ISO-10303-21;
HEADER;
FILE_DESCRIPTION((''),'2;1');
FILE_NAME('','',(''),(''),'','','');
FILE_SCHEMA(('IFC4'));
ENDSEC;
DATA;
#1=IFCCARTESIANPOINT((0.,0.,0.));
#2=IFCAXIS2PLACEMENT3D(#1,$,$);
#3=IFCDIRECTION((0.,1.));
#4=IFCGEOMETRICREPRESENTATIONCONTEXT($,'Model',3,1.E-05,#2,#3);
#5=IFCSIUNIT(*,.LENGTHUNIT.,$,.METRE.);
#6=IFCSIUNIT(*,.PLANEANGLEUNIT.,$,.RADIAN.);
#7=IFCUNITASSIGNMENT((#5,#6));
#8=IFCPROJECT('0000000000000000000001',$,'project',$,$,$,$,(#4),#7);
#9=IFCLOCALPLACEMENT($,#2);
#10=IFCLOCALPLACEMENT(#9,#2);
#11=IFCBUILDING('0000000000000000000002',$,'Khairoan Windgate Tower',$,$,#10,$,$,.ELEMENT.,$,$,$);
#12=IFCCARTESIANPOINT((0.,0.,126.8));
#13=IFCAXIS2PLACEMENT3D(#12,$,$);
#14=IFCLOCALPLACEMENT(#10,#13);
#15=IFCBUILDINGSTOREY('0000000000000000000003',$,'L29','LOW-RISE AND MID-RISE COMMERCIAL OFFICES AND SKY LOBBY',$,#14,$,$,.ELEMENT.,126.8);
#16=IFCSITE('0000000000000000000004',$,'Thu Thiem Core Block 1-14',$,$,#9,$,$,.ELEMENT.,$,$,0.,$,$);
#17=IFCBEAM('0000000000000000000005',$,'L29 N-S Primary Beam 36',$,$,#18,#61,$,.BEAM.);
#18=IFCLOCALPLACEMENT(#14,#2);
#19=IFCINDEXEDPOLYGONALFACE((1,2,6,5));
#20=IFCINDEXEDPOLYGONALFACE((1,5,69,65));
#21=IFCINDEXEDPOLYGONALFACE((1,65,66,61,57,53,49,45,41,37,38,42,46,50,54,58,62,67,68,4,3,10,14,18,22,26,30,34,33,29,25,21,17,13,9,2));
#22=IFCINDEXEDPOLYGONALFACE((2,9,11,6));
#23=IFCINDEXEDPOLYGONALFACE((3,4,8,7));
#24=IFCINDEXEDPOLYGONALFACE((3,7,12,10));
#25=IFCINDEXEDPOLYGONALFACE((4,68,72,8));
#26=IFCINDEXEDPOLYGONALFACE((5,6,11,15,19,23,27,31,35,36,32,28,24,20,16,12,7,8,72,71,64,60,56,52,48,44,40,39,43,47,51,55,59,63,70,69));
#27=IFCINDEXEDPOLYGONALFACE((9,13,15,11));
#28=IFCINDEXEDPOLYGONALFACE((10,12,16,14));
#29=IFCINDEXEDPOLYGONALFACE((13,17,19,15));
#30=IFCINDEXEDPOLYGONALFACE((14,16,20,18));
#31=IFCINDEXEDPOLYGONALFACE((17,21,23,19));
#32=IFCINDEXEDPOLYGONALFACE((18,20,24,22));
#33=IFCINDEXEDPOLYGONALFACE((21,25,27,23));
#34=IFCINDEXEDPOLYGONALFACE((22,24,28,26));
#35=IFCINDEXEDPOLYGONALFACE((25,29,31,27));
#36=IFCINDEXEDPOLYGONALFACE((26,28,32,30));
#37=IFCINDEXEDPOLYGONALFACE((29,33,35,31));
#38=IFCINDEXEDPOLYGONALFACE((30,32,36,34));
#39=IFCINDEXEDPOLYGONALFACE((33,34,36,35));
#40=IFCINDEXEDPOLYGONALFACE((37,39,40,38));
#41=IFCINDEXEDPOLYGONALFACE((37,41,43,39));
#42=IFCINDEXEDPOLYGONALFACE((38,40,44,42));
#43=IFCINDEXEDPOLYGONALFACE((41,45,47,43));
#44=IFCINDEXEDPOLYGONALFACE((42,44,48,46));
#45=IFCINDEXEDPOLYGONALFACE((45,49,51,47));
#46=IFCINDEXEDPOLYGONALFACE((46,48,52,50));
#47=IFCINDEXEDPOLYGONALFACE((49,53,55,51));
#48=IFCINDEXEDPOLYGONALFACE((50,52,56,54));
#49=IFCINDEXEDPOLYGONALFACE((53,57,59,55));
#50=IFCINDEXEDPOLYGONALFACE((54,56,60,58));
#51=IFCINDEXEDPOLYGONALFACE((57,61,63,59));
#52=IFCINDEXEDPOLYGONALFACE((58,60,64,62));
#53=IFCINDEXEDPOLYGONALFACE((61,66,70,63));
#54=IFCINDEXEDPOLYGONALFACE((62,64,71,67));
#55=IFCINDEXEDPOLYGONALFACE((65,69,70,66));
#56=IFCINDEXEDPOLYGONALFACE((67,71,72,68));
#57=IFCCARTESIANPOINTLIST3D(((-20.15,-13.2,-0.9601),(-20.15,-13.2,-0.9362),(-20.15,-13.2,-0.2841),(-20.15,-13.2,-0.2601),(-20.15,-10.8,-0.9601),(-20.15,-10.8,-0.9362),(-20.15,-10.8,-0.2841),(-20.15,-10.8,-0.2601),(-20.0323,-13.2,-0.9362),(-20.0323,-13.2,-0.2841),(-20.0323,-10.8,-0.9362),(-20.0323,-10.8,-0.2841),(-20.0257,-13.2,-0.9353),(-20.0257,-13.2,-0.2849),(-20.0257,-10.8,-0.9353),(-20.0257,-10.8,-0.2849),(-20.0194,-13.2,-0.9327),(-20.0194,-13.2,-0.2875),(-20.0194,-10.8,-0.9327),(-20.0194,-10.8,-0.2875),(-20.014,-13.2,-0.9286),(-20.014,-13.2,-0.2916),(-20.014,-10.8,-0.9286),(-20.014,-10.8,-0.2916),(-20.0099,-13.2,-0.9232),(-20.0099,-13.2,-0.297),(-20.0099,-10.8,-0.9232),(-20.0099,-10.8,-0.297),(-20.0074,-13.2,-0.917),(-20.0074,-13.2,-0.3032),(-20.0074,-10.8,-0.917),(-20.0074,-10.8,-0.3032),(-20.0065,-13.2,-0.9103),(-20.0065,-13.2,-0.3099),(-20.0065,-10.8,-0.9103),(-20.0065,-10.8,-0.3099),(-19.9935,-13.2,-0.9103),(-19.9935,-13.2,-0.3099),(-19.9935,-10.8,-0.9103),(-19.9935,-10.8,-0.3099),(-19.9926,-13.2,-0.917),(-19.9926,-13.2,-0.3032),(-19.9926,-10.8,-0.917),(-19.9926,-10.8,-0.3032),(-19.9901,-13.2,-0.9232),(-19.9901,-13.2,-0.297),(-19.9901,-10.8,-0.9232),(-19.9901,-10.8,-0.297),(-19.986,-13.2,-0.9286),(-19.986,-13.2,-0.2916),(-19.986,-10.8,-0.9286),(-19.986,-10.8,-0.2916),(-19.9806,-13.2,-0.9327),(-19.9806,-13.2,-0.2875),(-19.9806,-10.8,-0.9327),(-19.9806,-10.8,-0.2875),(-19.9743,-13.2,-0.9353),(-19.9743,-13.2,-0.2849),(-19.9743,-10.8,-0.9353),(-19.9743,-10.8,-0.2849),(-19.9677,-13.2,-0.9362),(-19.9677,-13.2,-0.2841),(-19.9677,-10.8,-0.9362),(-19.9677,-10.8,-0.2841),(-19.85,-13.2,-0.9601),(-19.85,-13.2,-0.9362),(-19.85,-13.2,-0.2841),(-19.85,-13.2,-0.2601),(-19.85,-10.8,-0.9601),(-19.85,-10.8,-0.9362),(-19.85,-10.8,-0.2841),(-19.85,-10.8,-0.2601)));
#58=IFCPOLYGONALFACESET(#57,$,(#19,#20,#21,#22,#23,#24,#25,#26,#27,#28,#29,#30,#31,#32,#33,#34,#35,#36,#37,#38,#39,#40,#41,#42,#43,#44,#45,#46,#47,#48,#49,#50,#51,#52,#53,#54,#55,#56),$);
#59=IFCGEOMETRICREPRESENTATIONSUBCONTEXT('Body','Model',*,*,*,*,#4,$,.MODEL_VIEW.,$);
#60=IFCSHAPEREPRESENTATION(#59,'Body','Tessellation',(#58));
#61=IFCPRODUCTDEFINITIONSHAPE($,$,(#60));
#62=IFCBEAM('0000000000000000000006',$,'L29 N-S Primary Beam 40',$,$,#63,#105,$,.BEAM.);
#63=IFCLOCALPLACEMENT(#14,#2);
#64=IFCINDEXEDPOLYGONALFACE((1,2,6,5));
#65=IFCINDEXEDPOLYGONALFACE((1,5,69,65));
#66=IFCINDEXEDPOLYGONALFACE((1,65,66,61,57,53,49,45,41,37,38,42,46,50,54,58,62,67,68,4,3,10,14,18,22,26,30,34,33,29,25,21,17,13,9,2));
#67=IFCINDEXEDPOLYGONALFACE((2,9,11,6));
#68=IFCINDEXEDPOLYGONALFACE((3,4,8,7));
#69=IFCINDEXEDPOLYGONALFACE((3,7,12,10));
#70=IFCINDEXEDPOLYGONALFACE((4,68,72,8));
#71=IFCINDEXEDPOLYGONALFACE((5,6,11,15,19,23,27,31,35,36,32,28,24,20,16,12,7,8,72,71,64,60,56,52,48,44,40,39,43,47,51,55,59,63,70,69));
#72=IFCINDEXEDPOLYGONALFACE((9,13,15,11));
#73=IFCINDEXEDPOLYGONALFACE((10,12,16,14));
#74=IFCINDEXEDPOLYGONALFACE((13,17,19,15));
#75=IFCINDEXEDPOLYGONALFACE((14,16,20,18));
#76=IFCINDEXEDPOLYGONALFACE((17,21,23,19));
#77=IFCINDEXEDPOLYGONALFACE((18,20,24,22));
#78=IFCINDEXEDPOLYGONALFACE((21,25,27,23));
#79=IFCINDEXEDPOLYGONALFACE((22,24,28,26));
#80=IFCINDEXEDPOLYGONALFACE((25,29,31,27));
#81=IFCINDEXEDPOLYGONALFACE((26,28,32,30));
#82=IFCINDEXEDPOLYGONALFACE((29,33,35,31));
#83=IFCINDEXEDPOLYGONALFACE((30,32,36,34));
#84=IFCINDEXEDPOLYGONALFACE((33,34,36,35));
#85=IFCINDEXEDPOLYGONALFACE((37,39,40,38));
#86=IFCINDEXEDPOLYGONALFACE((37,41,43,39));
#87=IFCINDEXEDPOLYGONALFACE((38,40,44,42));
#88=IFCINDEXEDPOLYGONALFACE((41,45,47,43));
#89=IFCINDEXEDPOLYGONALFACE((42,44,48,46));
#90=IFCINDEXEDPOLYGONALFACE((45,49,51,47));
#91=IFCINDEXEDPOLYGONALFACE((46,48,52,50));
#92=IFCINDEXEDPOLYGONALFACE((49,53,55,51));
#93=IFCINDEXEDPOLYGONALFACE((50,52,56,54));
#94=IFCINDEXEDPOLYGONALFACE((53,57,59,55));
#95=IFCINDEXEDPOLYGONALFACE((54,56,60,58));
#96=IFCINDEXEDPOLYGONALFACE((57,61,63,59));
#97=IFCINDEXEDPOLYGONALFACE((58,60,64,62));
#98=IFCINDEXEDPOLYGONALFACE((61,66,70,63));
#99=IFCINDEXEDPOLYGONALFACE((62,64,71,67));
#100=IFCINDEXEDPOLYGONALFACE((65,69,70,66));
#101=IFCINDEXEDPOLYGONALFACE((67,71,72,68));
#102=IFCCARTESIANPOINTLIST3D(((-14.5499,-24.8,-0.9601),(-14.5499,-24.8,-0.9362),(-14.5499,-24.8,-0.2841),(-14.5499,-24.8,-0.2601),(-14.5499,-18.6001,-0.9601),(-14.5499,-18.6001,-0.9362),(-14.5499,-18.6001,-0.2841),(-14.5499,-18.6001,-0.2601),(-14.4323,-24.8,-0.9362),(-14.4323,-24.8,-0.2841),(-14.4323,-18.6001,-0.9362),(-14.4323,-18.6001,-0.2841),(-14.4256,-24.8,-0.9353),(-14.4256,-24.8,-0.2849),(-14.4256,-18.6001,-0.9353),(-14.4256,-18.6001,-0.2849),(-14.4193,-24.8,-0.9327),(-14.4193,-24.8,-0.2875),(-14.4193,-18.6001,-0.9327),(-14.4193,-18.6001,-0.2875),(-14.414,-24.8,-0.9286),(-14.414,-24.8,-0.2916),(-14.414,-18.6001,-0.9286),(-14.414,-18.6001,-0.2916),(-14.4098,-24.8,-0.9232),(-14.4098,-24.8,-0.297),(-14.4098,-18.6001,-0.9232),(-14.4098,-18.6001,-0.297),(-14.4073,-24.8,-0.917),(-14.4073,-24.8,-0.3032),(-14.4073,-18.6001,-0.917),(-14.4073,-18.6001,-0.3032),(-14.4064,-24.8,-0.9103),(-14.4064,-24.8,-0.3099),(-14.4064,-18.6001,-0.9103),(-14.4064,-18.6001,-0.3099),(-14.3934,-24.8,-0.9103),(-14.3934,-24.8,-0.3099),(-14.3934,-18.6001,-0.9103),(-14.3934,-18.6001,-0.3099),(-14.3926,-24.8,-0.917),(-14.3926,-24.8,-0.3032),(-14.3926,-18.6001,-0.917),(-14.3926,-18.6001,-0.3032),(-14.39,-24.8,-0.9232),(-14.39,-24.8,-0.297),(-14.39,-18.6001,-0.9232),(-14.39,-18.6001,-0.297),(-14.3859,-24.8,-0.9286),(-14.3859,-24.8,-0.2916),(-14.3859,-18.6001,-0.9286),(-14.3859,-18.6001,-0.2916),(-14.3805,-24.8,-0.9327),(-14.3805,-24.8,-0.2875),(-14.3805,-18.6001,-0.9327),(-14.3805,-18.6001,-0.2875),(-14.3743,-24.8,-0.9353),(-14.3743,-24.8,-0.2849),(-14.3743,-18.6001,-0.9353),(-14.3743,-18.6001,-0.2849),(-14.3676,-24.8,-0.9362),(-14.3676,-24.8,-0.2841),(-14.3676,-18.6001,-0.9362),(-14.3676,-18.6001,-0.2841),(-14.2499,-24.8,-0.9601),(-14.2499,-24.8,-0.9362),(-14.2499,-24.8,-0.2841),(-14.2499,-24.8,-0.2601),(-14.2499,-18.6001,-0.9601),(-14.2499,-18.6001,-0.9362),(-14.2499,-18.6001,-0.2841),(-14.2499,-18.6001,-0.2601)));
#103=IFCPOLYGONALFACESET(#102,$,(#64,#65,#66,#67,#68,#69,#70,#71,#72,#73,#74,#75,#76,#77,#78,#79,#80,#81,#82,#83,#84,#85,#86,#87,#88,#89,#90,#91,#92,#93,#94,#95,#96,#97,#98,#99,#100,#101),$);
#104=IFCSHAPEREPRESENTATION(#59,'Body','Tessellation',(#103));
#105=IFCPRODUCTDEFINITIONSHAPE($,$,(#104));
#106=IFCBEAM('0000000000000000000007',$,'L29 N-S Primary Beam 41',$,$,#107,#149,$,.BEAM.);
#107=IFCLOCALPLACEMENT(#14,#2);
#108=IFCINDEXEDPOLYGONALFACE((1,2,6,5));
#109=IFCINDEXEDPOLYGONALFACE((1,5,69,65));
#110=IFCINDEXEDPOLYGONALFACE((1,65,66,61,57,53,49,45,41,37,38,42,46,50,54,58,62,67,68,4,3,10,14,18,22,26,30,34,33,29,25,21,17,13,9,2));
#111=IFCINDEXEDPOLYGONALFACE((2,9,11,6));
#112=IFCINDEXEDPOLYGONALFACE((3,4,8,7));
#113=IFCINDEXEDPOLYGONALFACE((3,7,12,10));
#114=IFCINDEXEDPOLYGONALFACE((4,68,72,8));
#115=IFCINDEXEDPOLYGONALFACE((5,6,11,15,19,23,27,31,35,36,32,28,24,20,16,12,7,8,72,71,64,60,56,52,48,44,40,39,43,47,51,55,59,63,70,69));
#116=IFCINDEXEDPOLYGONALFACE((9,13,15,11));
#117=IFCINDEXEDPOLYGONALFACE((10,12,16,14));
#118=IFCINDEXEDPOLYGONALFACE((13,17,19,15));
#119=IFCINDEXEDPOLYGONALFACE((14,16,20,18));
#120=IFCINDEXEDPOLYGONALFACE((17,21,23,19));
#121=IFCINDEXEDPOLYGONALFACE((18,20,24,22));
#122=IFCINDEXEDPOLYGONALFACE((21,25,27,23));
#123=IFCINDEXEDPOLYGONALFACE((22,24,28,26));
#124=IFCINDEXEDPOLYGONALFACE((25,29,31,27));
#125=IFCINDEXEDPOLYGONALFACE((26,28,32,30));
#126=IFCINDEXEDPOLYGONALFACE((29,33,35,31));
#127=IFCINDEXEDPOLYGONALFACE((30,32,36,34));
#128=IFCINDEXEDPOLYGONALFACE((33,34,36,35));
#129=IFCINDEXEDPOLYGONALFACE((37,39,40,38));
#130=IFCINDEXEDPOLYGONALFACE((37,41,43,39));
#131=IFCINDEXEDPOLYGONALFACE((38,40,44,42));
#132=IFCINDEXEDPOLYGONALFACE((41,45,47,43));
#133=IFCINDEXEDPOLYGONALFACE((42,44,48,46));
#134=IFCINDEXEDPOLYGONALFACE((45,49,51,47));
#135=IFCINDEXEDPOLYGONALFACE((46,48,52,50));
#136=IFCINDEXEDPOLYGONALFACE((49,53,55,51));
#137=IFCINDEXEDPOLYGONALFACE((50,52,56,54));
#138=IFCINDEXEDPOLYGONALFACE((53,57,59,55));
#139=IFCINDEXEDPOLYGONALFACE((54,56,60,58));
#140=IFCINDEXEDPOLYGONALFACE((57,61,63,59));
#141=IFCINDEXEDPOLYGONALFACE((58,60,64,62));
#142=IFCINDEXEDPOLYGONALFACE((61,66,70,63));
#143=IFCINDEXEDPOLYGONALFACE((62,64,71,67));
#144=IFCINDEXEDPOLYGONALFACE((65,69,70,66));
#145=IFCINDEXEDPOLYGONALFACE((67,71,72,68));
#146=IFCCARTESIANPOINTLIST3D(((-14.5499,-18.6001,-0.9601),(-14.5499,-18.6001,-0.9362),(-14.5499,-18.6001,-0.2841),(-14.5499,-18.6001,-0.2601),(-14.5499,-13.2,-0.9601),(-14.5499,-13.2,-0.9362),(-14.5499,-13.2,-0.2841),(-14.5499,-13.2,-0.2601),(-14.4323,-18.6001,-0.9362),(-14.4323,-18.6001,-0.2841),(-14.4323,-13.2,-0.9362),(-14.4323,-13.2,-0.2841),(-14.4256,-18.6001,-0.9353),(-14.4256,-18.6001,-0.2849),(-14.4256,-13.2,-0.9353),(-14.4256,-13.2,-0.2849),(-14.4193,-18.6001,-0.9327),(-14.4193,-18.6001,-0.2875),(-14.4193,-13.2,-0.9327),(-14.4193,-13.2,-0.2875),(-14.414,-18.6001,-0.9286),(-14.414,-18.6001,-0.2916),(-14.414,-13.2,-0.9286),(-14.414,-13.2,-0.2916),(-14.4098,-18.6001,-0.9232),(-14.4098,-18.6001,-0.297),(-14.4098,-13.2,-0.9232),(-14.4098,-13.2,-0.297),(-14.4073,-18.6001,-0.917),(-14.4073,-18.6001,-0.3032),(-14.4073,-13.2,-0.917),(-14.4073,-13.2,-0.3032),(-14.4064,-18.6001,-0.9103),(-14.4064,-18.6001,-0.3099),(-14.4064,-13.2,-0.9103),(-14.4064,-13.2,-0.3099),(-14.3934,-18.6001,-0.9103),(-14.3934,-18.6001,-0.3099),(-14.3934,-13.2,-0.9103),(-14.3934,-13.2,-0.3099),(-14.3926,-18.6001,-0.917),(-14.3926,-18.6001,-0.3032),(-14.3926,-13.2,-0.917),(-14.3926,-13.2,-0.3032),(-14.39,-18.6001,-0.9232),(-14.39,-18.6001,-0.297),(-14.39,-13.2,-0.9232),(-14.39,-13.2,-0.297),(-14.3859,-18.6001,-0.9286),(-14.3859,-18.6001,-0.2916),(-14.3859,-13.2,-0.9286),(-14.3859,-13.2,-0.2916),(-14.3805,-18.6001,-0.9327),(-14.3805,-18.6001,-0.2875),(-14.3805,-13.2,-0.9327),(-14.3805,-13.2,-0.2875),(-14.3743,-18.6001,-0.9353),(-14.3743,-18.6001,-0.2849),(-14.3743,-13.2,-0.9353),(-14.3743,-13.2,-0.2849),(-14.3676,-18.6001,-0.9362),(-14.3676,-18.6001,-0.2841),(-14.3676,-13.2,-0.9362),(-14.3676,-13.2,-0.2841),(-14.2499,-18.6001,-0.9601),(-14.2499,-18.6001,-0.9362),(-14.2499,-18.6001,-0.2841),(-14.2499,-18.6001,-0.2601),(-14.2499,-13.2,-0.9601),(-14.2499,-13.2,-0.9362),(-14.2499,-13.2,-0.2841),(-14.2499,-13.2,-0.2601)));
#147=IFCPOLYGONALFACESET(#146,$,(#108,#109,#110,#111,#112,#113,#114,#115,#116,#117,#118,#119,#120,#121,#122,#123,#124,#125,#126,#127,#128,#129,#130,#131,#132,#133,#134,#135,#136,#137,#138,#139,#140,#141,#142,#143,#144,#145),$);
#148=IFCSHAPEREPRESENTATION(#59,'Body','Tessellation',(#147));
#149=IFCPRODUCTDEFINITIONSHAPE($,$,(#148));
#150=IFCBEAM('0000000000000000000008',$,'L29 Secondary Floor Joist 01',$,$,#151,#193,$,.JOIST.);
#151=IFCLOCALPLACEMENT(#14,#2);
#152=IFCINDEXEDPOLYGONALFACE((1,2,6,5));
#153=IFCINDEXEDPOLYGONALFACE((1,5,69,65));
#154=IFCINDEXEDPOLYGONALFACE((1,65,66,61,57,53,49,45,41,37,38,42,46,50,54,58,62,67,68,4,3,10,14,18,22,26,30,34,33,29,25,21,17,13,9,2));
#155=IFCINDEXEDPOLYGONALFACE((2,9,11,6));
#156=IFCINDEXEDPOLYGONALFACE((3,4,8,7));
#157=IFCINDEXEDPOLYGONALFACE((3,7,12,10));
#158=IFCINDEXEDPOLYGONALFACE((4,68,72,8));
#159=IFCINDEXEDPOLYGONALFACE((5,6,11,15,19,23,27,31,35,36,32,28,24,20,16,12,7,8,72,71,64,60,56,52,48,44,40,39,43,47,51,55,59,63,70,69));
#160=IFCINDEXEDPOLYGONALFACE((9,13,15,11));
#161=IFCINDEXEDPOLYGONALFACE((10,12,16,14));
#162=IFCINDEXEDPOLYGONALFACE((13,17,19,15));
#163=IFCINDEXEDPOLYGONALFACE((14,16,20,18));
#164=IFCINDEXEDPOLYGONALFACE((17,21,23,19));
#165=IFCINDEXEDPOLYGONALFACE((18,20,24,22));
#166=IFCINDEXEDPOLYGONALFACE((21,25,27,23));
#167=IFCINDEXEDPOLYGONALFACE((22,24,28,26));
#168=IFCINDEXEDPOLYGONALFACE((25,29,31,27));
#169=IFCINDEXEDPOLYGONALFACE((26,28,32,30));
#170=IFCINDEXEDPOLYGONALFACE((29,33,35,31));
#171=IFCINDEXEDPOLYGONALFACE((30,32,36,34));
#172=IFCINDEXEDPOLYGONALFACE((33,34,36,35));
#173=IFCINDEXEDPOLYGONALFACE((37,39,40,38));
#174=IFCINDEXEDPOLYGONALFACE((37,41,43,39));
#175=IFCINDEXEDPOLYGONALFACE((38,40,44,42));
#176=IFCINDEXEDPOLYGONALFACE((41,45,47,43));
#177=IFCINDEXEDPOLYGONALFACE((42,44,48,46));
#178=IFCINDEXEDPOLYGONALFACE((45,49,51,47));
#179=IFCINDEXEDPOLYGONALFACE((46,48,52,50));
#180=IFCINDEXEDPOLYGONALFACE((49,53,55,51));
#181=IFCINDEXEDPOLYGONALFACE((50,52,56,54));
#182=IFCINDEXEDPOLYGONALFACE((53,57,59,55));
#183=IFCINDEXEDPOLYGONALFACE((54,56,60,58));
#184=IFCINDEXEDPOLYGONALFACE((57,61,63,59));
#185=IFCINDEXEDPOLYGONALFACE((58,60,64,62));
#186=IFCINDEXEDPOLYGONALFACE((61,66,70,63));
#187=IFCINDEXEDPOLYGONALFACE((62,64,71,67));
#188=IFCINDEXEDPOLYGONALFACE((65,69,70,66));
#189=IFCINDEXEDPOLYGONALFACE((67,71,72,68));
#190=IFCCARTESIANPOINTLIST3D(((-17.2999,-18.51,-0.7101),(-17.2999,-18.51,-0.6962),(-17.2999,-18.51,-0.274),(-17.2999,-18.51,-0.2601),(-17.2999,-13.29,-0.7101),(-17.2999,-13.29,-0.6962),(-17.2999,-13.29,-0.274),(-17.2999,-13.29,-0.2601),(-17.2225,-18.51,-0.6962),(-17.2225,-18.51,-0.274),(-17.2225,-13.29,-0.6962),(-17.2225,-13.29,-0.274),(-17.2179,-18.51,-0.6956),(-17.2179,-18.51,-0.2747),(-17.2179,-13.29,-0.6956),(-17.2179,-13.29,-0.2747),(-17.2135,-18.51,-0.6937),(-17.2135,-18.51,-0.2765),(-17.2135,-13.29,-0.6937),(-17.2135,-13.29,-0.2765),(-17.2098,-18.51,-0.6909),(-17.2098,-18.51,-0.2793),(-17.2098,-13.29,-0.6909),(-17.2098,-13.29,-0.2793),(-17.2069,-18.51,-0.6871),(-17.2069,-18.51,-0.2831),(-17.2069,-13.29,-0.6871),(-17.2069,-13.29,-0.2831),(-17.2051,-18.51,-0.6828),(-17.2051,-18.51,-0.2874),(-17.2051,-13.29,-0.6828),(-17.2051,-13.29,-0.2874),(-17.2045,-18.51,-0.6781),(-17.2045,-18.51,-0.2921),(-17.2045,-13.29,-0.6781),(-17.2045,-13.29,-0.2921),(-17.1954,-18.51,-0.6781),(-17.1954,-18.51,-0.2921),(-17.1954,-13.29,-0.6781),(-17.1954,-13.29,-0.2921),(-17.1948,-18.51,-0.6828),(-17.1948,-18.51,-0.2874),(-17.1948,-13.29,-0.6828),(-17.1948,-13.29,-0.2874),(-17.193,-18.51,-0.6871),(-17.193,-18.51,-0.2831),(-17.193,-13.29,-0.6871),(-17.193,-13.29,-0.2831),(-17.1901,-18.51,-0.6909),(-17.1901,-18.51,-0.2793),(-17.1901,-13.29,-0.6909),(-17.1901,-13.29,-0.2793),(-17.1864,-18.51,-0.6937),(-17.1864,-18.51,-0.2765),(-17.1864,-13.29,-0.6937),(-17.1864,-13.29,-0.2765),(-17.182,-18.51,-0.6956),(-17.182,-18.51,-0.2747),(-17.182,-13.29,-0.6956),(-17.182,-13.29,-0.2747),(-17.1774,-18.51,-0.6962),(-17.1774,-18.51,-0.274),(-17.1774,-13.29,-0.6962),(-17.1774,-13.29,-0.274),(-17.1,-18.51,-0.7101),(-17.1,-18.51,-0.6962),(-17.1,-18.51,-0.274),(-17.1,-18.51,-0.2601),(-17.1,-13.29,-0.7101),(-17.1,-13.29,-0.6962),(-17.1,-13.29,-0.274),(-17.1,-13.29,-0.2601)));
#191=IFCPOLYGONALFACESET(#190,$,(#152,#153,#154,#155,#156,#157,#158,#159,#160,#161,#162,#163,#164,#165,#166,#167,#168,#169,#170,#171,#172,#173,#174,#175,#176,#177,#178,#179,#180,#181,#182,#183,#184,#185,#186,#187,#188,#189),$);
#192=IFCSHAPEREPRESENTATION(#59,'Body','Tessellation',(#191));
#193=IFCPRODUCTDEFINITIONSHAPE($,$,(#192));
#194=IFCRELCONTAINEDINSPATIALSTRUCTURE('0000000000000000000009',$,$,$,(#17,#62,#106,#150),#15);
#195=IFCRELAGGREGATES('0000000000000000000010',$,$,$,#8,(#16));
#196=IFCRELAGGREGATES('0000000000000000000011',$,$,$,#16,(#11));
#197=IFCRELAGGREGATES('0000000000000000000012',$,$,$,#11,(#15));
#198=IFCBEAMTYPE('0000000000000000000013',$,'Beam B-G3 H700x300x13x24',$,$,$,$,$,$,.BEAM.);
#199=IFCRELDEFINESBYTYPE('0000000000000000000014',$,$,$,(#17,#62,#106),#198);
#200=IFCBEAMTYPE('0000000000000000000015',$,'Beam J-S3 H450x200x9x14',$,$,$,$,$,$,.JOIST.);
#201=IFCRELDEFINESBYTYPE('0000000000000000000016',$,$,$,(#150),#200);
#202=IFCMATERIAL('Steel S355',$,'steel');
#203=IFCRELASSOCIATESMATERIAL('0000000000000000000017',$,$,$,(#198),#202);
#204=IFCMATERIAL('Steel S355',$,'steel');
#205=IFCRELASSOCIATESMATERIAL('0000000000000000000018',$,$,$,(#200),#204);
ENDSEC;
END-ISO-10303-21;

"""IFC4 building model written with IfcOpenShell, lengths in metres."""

from ifc_helpers import new_model, si_unit, direction, frame, origin, origin_2d, place, context, subcontext, project, spatial, i_section, extrude, material, material_profile, profile_set, type_object, element, save


model = new_model("IFC4")

# Units and contexts
model_context = context("Model", 3, precision=1e-05, world=origin(), true_north=direction((0.0, 1.0)))
body_context = subcontext(model_context, "Body", "Model", "MODEL_VIEW")
ifc_project = project(units=[si_unit("LENGTHUNIT", "METRE"), si_unit("PLANEANGLEUNIT", "RADIAN")], contexts=[model_context])

# Site, building, storey
site_placement = place(None, origin())
site = spatial("IfcSite", under=ifc_project, at=site_placement, Name="Thu Thiem Core Block 1-14", CompositionType="ELEMENT", RefElevation=0.0)
building_placement = place(site_placement, origin())
building = spatial("IfcBuilding", under=site, at=building_placement, Name="Khairoan Windgate Tower", CompositionType="ELEMENT")
storey_placement = place(building_placement, frame((0.0, 0.0, 126.8)))
storey = spatial("IfcBuildingStorey", under=building, at=storey_placement, Name="L29", Description="LOW-RISE AND MID-RISE COMMERCIAL OFFICES AND SKY LOBBY", CompositionType="ELEMENT", Elevation=126.8)

# Beams
ifc_material_1 = material(Name="Steel S355", Category="steel")
ifc_material_profile_1 = material_profile(ifc_material_1, i_section(OverallWidth=0.3, OverallDepth=0.7, WebThickness=0.0129, FlangeThickness=0.0239, FilletRadius=0.0259, at=origin_2d()))
ifc_profile_set_1 = profile_set([ifc_material_profile_1], Name="Steel S355")
beam_type_1 = type_object("IfcBeamType", Name="Beam B-G3 H700x300x13x24", PredefinedType="BEAM", material=ifc_profile_set_1)
beam_1_placement = place(storey_placement, frame((-20.0, -13.2, -0.6101), z_axis=(0.0, 1.0, 0.0), x_axis=(-1.0, 0.0, 0.0)))
element("IfcBeam", 1, at=beam_1_placement, inside=storey, type_object=beam_type_1, Name="L29 N-S Primary Beam 36", PredefinedType="BEAM", context=body_context, shape_type="SweptSolid", body=[
    extrude(i_section(OverallWidth=0.3, OverallDepth=0.7, WebThickness=0.0129, FlangeThickness=0.0239, FilletRadius=0.0259, at=origin_2d()), origin(), (0.0, 0.0, 1.0), 2.3999),
])
beam_2_placement = place(storey_placement, frame((-14.3999, -24.8, -0.6101), z_axis=(0.0, 1.0, 0.0), x_axis=(-1.0, 0.0, 0.0)))
element("IfcBeam", 2, at=beam_2_placement, inside=storey, type_object=beam_type_1, Name="L29 N-S Primary Beam 40", PredefinedType="BEAM", context=body_context, shape_type="SweptSolid", body=[
    extrude(i_section(OverallWidth=0.3, OverallDepth=0.7, WebThickness=0.0129, FlangeThickness=0.0239, FilletRadius=0.0259, at=origin_2d()), origin(), (0.0, 0.0, 1.0), 6.2),
])
beam_3_placement = place(storey_placement, frame((-14.3999, -18.6001, -0.6101), z_axis=(0.0, 1.0, 0.0), x_axis=(-1.0, 0.0, 0.0)))
element("IfcBeam", 3, at=beam_3_placement, inside=storey, type_object=beam_type_1, Name="L29 N-S Primary Beam 41", PredefinedType="BEAM", context=body_context, shape_type="SweptSolid", body=[
    extrude(i_section(OverallWidth=0.3, OverallDepth=0.7, WebThickness=0.0129, FlangeThickness=0.0239, FilletRadius=0.0259, at=origin_2d()), origin(), (0.0, 0.0, 1.0), 5.4001),
])
ifc_material_2 = material(Name="Steel S355", Category="steel")
ifc_material_profile_2 = material_profile(ifc_material_2, i_section(OverallWidth=0.2, OverallDepth=0.45, WebThickness=0.009, FlangeThickness=0.0139, FilletRadius=0.0181, at=origin_2d()))
ifc_profile_set_2 = profile_set([ifc_material_profile_2], Name="Steel S355")
beam_type_2 = type_object("IfcBeamType", Name="Beam J-S3 H450x200x9x14", PredefinedType="JOIST", material=ifc_profile_set_2)
beam_4_placement = place(storey_placement, frame((-17.2, -18.51, -0.4851), z_axis=(0.0, 1.0, 0.0), x_axis=(-1.0, 0.0, 0.0)))
element("IfcBeam", 4, at=beam_4_placement, inside=storey, type_object=beam_type_2, Name="L29 Secondary Floor Joist 01", PredefinedType="JOIST", context=body_context, shape_type="SweptSolid", body=[
    extrude(i_section(OverallWidth=0.2, OverallDepth=0.45, WebThickness=0.009, FlangeThickness=0.0139, FilletRadius=0.0181, at=origin_2d()), origin(), (0.0, 0.0, 1.0), 5.22),
])

save(model, "model.ifc")
